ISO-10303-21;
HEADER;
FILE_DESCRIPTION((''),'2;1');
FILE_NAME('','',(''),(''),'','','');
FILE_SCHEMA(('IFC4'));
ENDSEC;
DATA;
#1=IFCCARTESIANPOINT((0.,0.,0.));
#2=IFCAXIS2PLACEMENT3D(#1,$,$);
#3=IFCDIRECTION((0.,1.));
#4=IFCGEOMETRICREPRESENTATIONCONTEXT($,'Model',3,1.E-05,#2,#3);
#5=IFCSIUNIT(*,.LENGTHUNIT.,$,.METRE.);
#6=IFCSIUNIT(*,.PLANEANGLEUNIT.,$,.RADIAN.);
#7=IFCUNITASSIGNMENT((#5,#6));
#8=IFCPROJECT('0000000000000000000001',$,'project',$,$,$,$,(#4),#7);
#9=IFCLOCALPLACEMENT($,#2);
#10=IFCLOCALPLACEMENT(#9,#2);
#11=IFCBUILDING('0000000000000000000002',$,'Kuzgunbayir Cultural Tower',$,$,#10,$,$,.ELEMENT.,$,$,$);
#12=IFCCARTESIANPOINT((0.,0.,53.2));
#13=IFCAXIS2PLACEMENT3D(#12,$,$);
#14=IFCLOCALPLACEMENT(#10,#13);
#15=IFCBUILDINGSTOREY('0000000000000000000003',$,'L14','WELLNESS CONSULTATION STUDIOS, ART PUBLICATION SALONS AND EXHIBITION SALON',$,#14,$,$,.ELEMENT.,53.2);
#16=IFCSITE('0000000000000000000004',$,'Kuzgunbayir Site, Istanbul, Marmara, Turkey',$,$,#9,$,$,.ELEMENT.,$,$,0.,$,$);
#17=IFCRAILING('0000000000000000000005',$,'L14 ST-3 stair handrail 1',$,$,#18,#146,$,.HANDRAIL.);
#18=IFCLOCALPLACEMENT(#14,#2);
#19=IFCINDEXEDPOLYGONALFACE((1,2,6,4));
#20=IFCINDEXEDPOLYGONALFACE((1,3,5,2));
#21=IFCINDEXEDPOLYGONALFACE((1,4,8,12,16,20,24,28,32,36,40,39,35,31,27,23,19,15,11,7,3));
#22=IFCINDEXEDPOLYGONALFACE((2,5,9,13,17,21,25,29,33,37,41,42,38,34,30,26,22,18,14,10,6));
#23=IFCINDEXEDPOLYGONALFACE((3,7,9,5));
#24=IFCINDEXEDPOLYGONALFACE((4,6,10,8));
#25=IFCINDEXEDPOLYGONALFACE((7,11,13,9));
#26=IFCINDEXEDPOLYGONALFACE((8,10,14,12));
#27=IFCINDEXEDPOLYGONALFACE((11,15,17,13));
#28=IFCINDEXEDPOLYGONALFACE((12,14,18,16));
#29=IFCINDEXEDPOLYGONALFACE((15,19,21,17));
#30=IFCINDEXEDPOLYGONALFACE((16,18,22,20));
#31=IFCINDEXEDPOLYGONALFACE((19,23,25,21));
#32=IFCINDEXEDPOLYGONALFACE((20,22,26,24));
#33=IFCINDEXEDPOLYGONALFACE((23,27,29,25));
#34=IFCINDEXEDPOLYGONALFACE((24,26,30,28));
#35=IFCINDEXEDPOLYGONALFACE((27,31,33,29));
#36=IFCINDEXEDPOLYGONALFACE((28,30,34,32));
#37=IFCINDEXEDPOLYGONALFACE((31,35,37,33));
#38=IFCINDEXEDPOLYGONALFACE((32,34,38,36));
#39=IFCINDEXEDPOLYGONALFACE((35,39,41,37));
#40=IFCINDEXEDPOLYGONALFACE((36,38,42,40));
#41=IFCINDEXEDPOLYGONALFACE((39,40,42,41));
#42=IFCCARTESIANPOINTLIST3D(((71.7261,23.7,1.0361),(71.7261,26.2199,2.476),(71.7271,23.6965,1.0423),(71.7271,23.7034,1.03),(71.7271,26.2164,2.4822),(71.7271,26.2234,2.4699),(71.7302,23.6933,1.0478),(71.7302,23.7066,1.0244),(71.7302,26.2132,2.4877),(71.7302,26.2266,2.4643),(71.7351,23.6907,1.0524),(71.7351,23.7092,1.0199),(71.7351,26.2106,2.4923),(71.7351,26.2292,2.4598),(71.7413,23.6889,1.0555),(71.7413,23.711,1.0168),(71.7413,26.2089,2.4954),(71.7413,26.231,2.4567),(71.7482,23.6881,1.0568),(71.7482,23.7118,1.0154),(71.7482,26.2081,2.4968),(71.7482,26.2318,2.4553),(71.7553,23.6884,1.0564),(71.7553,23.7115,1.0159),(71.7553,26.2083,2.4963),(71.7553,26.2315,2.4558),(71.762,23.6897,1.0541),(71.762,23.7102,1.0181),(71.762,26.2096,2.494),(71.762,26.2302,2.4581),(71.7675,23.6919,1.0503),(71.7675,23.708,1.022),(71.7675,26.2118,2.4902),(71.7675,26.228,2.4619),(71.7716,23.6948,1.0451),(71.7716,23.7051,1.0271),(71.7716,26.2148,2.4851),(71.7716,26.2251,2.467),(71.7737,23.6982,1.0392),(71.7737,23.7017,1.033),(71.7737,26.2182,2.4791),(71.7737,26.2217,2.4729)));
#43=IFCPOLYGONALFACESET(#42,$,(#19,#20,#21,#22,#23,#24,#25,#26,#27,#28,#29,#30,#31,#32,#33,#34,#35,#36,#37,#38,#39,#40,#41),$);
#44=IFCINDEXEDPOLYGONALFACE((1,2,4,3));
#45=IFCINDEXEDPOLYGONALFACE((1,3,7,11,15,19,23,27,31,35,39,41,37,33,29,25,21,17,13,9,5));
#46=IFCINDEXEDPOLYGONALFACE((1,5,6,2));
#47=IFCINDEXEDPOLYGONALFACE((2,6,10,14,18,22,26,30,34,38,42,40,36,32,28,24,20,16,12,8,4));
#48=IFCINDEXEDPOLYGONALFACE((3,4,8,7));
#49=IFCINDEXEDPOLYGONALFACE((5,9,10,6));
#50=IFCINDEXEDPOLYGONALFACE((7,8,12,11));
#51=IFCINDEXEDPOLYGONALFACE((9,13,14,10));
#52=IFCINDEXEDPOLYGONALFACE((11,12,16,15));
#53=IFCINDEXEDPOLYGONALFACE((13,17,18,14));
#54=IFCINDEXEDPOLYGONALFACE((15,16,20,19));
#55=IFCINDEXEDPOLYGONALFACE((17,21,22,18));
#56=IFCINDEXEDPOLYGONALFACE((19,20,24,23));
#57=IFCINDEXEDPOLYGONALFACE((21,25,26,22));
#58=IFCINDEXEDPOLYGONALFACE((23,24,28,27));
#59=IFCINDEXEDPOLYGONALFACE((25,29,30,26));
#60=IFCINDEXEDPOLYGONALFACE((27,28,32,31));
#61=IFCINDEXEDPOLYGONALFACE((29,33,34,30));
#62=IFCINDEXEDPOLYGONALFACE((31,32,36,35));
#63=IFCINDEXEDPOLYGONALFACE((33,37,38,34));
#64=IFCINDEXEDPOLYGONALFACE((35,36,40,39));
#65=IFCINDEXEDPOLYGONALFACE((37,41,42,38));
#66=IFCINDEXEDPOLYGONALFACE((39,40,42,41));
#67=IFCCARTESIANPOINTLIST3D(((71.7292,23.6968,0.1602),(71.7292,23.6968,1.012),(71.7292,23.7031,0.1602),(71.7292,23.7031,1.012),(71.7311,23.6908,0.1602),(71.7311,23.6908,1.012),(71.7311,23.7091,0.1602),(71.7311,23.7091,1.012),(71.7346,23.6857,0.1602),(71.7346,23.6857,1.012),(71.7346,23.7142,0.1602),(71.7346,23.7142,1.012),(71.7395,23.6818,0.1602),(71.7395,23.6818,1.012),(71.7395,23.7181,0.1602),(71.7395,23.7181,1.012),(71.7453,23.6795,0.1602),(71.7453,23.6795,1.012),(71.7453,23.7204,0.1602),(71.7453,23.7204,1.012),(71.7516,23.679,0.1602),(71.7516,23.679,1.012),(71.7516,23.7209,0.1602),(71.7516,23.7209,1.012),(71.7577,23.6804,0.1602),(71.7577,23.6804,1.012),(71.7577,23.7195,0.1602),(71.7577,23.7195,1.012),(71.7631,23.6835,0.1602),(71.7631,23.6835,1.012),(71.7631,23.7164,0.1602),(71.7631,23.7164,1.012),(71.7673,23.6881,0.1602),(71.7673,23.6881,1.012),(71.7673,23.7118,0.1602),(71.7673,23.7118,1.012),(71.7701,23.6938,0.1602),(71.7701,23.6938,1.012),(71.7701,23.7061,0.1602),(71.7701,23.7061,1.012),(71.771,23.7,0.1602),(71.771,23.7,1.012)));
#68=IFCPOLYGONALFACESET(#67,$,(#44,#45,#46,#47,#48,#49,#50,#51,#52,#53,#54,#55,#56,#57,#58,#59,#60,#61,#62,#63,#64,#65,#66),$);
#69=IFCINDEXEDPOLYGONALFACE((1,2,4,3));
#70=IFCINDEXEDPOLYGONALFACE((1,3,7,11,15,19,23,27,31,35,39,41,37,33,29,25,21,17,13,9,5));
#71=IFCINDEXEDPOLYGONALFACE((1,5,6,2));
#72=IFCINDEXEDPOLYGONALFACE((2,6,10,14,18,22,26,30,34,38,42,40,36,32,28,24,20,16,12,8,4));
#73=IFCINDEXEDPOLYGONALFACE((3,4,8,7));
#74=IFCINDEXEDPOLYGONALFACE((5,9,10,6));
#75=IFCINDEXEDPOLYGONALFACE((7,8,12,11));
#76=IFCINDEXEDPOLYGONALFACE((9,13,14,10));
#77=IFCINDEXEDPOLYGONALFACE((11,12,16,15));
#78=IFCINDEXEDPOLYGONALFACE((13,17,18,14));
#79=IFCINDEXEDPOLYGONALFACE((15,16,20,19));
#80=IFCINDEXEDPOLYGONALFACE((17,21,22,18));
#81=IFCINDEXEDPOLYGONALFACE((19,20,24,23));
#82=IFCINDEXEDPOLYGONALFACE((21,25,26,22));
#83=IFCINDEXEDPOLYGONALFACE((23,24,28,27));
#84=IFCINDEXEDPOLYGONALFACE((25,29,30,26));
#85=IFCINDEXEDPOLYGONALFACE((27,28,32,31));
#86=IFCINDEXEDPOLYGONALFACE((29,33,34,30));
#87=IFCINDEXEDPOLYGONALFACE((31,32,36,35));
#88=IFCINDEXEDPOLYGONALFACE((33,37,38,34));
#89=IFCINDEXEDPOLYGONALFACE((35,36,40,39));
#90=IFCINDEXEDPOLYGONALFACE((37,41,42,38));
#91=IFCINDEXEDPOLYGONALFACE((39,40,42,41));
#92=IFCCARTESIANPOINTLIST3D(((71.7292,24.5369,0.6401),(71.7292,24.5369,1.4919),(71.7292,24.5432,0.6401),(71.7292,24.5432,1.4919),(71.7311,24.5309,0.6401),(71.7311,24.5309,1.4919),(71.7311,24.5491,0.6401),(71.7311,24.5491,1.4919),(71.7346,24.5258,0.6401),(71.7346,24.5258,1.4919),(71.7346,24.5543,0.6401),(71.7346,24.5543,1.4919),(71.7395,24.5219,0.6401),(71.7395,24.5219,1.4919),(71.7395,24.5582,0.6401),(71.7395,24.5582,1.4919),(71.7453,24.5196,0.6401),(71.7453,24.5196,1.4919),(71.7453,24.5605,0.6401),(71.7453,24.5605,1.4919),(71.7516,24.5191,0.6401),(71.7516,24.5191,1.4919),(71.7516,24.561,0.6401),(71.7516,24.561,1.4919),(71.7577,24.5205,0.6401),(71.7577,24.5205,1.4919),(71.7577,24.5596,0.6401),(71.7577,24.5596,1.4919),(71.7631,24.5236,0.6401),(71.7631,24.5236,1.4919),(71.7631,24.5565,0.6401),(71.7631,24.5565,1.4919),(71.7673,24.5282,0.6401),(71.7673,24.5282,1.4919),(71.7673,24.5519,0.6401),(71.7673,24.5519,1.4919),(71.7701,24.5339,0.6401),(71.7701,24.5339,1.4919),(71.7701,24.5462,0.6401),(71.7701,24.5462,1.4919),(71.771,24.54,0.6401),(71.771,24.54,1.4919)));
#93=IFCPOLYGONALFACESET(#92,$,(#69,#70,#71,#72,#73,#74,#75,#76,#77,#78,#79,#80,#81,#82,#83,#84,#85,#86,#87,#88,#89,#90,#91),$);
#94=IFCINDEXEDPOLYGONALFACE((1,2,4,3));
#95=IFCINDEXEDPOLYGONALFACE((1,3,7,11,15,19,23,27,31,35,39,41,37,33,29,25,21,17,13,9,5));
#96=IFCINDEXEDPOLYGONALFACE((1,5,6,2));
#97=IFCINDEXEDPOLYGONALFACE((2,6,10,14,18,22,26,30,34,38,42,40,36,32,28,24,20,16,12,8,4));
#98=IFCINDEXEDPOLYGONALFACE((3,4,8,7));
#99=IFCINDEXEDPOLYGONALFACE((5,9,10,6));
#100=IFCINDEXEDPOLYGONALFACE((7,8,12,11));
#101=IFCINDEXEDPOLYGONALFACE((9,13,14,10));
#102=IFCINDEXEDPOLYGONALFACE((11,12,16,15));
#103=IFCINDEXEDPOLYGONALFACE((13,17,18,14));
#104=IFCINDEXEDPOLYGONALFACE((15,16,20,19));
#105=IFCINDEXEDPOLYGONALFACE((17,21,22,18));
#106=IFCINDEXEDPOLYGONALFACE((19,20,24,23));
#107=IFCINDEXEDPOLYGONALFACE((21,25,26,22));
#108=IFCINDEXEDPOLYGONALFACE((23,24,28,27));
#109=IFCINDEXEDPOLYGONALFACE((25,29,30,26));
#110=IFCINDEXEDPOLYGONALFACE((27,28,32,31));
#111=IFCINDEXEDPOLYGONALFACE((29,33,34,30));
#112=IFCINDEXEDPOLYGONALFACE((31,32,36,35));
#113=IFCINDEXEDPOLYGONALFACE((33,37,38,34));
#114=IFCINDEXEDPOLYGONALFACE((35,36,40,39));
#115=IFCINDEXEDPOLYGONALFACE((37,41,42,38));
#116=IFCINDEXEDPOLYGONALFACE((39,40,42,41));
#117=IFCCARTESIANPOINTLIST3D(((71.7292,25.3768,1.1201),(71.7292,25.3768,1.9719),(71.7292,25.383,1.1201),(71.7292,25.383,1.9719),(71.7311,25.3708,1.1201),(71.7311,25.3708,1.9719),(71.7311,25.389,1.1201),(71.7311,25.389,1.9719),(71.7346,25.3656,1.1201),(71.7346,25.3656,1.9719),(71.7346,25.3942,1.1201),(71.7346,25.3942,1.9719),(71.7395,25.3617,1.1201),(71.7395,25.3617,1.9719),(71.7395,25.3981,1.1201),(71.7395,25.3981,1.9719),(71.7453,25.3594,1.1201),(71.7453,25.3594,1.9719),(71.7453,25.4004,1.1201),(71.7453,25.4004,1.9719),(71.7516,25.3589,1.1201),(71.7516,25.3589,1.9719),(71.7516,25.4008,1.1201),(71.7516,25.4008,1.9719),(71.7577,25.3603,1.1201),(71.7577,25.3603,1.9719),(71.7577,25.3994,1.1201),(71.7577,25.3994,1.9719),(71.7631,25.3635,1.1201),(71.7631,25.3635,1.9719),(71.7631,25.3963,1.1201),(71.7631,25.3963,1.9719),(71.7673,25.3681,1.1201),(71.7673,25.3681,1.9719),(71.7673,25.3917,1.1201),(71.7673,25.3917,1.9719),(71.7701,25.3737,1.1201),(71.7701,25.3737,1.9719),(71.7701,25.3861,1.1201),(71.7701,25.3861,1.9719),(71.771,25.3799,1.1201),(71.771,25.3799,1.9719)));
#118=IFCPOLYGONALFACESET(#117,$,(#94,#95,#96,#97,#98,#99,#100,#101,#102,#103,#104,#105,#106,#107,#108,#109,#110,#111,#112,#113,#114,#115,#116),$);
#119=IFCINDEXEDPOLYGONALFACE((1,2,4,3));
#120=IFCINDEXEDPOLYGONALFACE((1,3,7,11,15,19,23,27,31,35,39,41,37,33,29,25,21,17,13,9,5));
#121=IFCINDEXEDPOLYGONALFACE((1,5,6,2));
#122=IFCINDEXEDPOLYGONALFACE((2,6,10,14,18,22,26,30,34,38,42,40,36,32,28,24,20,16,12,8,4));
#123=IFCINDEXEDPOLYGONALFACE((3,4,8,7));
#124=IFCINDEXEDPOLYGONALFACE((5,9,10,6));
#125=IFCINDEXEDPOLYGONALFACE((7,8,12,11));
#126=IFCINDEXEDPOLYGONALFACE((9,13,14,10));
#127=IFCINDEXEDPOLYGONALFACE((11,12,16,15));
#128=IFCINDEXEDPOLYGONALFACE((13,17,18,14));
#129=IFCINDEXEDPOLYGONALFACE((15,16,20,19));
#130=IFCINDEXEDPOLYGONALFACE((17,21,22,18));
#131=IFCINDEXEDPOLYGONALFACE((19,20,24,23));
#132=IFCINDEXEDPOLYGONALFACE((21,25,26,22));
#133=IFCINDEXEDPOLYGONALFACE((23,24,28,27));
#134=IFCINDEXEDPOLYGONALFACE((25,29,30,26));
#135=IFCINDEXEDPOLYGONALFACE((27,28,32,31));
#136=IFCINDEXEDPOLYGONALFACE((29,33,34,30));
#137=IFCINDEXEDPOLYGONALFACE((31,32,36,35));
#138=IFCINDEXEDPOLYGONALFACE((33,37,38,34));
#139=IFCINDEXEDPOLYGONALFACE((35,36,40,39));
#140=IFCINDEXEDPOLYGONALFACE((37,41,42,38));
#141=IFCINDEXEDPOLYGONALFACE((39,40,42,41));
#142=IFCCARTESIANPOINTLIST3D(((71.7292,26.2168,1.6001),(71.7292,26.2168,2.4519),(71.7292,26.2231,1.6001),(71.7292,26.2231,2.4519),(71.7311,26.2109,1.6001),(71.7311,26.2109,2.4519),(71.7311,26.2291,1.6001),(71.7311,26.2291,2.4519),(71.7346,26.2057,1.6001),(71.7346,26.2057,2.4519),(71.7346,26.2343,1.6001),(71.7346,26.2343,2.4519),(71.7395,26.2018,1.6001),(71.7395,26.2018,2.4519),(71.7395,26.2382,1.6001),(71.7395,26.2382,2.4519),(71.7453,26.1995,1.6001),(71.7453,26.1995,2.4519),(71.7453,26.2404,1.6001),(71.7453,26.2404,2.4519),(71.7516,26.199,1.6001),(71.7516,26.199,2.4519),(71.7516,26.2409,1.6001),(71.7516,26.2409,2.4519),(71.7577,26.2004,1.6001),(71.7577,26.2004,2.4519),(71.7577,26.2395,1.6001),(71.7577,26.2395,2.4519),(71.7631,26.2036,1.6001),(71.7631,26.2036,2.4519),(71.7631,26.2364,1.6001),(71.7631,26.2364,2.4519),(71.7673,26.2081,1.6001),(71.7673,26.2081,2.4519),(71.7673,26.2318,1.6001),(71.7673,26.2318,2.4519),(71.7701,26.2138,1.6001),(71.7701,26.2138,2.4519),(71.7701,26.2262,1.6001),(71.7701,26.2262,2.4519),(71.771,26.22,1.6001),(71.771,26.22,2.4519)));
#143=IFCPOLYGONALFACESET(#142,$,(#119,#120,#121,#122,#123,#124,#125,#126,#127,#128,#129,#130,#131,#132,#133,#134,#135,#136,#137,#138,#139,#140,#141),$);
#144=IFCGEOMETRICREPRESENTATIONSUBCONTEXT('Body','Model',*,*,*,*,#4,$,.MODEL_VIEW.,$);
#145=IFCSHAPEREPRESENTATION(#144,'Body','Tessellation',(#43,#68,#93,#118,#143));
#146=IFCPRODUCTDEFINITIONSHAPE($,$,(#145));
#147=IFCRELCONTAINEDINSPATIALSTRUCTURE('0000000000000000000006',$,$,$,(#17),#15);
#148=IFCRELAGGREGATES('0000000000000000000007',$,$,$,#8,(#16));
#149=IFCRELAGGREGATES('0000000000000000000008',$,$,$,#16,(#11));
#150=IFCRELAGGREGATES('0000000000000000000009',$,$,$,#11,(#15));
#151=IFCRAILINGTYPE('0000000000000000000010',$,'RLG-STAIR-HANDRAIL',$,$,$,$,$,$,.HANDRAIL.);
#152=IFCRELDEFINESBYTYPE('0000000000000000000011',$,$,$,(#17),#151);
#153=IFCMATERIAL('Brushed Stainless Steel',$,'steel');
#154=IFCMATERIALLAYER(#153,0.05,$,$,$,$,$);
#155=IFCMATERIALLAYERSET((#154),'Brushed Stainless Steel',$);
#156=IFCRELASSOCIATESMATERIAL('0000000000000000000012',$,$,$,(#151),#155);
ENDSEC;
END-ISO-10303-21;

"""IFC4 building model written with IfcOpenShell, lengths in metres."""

from ifc_helpers import new_model, si_unit, direction, frame, origin, origin_2d, place, context, subcontext, project, spatial, circle, extrude, material, layer, layer_set, type_object, element, save


model = new_model("IFC4")

# Units and contexts
model_context = context("Model", 3, precision=1e-05, world=origin(), true_north=direction((0.0, 1.0)))
body_context = subcontext(model_context, "Body", "Model", "MODEL_VIEW")
ifc_project = project(units=[si_unit("LENGTHUNIT", "METRE"), si_unit("PLANEANGLEUNIT", "RADIAN")], contexts=[model_context])

# Site, building, storey
site_placement = place(None, origin())
site = spatial("IfcSite", under=ifc_project, at=site_placement, Name="Kuzgunbayir Site, Istanbul, Marmara, Turkey", CompositionType="ELEMENT", RefElevation=0.0)
building_placement = place(site_placement, origin())
building = spatial("IfcBuilding", under=site, at=building_placement, Name="Kuzgunbayir Cultural Tower", CompositionType="ELEMENT")
storey_placement = place(building_placement, frame((0.0, 0.0, 53.2)))
storey = spatial("IfcBuildingStorey", under=building, at=storey_placement, Name="L14", Description="WELLNESS CONSULTATION STUDIOS, ART PUBLICATION SALONS AND EXHIBITION SALON", CompositionType="ELEMENT", Elevation=53.2)

# Railing
ifc_material_1 = material(Name="Brushed Stainless Steel", Category="steel")
ifc_layer_1 = layer(ifc_material_1, 0.05)
ifc_layer_set_1 = layer_set([ifc_layer_1], Name="Brushed Stainless Steel")
railing_type_1 = type_object("IfcRailingType", Name="RLG-STAIR-HANDRAIL", PredefinedType="HANDRAIL", material=ifc_layer_set_1)
railing_1_placement = place(storey_placement, frame((71.75, 23.7, 0.1602)))
element("IfcRailing", 1, at=railing_1_placement, inside=storey, type_object=railing_type_1, Name="L14 ST-3 stair handrail 1", PredefinedType="HANDRAIL", context=body_context, shape_type="SweptSolid", body=[
    extrude(circle(Radius=0.0239, at=origin_2d()), frame((0.0, 0.0, 0.876), z_axis=(0.0, 0.868253, 0.496121), x_axis=(-1.0, 0.0, 0.0)), (0.0, 0.0, 1.0), 2.9023),
    extrude(circle(Radius=0.021, at=origin_2d()), origin(), (0.0, 0.0, 1.0), 0.8518),
    extrude(circle(Radius=0.021, at=origin_2d()), frame((0.0, 0.8401, 0.48)), (0.0, 0.0, 1.0), 0.8518),
    extrude(circle(Radius=0.021, at=origin_2d()), frame((0.0, 1.6799, 0.96)), (0.0, 0.0, 1.0), 0.8518),
    extrude(circle(Radius=0.021, at=origin_2d()), frame((0.0, 2.52, 1.4399)), (0.0, 0.0, 1.0), 0.8518),
])

save(model, "model.ifc")
